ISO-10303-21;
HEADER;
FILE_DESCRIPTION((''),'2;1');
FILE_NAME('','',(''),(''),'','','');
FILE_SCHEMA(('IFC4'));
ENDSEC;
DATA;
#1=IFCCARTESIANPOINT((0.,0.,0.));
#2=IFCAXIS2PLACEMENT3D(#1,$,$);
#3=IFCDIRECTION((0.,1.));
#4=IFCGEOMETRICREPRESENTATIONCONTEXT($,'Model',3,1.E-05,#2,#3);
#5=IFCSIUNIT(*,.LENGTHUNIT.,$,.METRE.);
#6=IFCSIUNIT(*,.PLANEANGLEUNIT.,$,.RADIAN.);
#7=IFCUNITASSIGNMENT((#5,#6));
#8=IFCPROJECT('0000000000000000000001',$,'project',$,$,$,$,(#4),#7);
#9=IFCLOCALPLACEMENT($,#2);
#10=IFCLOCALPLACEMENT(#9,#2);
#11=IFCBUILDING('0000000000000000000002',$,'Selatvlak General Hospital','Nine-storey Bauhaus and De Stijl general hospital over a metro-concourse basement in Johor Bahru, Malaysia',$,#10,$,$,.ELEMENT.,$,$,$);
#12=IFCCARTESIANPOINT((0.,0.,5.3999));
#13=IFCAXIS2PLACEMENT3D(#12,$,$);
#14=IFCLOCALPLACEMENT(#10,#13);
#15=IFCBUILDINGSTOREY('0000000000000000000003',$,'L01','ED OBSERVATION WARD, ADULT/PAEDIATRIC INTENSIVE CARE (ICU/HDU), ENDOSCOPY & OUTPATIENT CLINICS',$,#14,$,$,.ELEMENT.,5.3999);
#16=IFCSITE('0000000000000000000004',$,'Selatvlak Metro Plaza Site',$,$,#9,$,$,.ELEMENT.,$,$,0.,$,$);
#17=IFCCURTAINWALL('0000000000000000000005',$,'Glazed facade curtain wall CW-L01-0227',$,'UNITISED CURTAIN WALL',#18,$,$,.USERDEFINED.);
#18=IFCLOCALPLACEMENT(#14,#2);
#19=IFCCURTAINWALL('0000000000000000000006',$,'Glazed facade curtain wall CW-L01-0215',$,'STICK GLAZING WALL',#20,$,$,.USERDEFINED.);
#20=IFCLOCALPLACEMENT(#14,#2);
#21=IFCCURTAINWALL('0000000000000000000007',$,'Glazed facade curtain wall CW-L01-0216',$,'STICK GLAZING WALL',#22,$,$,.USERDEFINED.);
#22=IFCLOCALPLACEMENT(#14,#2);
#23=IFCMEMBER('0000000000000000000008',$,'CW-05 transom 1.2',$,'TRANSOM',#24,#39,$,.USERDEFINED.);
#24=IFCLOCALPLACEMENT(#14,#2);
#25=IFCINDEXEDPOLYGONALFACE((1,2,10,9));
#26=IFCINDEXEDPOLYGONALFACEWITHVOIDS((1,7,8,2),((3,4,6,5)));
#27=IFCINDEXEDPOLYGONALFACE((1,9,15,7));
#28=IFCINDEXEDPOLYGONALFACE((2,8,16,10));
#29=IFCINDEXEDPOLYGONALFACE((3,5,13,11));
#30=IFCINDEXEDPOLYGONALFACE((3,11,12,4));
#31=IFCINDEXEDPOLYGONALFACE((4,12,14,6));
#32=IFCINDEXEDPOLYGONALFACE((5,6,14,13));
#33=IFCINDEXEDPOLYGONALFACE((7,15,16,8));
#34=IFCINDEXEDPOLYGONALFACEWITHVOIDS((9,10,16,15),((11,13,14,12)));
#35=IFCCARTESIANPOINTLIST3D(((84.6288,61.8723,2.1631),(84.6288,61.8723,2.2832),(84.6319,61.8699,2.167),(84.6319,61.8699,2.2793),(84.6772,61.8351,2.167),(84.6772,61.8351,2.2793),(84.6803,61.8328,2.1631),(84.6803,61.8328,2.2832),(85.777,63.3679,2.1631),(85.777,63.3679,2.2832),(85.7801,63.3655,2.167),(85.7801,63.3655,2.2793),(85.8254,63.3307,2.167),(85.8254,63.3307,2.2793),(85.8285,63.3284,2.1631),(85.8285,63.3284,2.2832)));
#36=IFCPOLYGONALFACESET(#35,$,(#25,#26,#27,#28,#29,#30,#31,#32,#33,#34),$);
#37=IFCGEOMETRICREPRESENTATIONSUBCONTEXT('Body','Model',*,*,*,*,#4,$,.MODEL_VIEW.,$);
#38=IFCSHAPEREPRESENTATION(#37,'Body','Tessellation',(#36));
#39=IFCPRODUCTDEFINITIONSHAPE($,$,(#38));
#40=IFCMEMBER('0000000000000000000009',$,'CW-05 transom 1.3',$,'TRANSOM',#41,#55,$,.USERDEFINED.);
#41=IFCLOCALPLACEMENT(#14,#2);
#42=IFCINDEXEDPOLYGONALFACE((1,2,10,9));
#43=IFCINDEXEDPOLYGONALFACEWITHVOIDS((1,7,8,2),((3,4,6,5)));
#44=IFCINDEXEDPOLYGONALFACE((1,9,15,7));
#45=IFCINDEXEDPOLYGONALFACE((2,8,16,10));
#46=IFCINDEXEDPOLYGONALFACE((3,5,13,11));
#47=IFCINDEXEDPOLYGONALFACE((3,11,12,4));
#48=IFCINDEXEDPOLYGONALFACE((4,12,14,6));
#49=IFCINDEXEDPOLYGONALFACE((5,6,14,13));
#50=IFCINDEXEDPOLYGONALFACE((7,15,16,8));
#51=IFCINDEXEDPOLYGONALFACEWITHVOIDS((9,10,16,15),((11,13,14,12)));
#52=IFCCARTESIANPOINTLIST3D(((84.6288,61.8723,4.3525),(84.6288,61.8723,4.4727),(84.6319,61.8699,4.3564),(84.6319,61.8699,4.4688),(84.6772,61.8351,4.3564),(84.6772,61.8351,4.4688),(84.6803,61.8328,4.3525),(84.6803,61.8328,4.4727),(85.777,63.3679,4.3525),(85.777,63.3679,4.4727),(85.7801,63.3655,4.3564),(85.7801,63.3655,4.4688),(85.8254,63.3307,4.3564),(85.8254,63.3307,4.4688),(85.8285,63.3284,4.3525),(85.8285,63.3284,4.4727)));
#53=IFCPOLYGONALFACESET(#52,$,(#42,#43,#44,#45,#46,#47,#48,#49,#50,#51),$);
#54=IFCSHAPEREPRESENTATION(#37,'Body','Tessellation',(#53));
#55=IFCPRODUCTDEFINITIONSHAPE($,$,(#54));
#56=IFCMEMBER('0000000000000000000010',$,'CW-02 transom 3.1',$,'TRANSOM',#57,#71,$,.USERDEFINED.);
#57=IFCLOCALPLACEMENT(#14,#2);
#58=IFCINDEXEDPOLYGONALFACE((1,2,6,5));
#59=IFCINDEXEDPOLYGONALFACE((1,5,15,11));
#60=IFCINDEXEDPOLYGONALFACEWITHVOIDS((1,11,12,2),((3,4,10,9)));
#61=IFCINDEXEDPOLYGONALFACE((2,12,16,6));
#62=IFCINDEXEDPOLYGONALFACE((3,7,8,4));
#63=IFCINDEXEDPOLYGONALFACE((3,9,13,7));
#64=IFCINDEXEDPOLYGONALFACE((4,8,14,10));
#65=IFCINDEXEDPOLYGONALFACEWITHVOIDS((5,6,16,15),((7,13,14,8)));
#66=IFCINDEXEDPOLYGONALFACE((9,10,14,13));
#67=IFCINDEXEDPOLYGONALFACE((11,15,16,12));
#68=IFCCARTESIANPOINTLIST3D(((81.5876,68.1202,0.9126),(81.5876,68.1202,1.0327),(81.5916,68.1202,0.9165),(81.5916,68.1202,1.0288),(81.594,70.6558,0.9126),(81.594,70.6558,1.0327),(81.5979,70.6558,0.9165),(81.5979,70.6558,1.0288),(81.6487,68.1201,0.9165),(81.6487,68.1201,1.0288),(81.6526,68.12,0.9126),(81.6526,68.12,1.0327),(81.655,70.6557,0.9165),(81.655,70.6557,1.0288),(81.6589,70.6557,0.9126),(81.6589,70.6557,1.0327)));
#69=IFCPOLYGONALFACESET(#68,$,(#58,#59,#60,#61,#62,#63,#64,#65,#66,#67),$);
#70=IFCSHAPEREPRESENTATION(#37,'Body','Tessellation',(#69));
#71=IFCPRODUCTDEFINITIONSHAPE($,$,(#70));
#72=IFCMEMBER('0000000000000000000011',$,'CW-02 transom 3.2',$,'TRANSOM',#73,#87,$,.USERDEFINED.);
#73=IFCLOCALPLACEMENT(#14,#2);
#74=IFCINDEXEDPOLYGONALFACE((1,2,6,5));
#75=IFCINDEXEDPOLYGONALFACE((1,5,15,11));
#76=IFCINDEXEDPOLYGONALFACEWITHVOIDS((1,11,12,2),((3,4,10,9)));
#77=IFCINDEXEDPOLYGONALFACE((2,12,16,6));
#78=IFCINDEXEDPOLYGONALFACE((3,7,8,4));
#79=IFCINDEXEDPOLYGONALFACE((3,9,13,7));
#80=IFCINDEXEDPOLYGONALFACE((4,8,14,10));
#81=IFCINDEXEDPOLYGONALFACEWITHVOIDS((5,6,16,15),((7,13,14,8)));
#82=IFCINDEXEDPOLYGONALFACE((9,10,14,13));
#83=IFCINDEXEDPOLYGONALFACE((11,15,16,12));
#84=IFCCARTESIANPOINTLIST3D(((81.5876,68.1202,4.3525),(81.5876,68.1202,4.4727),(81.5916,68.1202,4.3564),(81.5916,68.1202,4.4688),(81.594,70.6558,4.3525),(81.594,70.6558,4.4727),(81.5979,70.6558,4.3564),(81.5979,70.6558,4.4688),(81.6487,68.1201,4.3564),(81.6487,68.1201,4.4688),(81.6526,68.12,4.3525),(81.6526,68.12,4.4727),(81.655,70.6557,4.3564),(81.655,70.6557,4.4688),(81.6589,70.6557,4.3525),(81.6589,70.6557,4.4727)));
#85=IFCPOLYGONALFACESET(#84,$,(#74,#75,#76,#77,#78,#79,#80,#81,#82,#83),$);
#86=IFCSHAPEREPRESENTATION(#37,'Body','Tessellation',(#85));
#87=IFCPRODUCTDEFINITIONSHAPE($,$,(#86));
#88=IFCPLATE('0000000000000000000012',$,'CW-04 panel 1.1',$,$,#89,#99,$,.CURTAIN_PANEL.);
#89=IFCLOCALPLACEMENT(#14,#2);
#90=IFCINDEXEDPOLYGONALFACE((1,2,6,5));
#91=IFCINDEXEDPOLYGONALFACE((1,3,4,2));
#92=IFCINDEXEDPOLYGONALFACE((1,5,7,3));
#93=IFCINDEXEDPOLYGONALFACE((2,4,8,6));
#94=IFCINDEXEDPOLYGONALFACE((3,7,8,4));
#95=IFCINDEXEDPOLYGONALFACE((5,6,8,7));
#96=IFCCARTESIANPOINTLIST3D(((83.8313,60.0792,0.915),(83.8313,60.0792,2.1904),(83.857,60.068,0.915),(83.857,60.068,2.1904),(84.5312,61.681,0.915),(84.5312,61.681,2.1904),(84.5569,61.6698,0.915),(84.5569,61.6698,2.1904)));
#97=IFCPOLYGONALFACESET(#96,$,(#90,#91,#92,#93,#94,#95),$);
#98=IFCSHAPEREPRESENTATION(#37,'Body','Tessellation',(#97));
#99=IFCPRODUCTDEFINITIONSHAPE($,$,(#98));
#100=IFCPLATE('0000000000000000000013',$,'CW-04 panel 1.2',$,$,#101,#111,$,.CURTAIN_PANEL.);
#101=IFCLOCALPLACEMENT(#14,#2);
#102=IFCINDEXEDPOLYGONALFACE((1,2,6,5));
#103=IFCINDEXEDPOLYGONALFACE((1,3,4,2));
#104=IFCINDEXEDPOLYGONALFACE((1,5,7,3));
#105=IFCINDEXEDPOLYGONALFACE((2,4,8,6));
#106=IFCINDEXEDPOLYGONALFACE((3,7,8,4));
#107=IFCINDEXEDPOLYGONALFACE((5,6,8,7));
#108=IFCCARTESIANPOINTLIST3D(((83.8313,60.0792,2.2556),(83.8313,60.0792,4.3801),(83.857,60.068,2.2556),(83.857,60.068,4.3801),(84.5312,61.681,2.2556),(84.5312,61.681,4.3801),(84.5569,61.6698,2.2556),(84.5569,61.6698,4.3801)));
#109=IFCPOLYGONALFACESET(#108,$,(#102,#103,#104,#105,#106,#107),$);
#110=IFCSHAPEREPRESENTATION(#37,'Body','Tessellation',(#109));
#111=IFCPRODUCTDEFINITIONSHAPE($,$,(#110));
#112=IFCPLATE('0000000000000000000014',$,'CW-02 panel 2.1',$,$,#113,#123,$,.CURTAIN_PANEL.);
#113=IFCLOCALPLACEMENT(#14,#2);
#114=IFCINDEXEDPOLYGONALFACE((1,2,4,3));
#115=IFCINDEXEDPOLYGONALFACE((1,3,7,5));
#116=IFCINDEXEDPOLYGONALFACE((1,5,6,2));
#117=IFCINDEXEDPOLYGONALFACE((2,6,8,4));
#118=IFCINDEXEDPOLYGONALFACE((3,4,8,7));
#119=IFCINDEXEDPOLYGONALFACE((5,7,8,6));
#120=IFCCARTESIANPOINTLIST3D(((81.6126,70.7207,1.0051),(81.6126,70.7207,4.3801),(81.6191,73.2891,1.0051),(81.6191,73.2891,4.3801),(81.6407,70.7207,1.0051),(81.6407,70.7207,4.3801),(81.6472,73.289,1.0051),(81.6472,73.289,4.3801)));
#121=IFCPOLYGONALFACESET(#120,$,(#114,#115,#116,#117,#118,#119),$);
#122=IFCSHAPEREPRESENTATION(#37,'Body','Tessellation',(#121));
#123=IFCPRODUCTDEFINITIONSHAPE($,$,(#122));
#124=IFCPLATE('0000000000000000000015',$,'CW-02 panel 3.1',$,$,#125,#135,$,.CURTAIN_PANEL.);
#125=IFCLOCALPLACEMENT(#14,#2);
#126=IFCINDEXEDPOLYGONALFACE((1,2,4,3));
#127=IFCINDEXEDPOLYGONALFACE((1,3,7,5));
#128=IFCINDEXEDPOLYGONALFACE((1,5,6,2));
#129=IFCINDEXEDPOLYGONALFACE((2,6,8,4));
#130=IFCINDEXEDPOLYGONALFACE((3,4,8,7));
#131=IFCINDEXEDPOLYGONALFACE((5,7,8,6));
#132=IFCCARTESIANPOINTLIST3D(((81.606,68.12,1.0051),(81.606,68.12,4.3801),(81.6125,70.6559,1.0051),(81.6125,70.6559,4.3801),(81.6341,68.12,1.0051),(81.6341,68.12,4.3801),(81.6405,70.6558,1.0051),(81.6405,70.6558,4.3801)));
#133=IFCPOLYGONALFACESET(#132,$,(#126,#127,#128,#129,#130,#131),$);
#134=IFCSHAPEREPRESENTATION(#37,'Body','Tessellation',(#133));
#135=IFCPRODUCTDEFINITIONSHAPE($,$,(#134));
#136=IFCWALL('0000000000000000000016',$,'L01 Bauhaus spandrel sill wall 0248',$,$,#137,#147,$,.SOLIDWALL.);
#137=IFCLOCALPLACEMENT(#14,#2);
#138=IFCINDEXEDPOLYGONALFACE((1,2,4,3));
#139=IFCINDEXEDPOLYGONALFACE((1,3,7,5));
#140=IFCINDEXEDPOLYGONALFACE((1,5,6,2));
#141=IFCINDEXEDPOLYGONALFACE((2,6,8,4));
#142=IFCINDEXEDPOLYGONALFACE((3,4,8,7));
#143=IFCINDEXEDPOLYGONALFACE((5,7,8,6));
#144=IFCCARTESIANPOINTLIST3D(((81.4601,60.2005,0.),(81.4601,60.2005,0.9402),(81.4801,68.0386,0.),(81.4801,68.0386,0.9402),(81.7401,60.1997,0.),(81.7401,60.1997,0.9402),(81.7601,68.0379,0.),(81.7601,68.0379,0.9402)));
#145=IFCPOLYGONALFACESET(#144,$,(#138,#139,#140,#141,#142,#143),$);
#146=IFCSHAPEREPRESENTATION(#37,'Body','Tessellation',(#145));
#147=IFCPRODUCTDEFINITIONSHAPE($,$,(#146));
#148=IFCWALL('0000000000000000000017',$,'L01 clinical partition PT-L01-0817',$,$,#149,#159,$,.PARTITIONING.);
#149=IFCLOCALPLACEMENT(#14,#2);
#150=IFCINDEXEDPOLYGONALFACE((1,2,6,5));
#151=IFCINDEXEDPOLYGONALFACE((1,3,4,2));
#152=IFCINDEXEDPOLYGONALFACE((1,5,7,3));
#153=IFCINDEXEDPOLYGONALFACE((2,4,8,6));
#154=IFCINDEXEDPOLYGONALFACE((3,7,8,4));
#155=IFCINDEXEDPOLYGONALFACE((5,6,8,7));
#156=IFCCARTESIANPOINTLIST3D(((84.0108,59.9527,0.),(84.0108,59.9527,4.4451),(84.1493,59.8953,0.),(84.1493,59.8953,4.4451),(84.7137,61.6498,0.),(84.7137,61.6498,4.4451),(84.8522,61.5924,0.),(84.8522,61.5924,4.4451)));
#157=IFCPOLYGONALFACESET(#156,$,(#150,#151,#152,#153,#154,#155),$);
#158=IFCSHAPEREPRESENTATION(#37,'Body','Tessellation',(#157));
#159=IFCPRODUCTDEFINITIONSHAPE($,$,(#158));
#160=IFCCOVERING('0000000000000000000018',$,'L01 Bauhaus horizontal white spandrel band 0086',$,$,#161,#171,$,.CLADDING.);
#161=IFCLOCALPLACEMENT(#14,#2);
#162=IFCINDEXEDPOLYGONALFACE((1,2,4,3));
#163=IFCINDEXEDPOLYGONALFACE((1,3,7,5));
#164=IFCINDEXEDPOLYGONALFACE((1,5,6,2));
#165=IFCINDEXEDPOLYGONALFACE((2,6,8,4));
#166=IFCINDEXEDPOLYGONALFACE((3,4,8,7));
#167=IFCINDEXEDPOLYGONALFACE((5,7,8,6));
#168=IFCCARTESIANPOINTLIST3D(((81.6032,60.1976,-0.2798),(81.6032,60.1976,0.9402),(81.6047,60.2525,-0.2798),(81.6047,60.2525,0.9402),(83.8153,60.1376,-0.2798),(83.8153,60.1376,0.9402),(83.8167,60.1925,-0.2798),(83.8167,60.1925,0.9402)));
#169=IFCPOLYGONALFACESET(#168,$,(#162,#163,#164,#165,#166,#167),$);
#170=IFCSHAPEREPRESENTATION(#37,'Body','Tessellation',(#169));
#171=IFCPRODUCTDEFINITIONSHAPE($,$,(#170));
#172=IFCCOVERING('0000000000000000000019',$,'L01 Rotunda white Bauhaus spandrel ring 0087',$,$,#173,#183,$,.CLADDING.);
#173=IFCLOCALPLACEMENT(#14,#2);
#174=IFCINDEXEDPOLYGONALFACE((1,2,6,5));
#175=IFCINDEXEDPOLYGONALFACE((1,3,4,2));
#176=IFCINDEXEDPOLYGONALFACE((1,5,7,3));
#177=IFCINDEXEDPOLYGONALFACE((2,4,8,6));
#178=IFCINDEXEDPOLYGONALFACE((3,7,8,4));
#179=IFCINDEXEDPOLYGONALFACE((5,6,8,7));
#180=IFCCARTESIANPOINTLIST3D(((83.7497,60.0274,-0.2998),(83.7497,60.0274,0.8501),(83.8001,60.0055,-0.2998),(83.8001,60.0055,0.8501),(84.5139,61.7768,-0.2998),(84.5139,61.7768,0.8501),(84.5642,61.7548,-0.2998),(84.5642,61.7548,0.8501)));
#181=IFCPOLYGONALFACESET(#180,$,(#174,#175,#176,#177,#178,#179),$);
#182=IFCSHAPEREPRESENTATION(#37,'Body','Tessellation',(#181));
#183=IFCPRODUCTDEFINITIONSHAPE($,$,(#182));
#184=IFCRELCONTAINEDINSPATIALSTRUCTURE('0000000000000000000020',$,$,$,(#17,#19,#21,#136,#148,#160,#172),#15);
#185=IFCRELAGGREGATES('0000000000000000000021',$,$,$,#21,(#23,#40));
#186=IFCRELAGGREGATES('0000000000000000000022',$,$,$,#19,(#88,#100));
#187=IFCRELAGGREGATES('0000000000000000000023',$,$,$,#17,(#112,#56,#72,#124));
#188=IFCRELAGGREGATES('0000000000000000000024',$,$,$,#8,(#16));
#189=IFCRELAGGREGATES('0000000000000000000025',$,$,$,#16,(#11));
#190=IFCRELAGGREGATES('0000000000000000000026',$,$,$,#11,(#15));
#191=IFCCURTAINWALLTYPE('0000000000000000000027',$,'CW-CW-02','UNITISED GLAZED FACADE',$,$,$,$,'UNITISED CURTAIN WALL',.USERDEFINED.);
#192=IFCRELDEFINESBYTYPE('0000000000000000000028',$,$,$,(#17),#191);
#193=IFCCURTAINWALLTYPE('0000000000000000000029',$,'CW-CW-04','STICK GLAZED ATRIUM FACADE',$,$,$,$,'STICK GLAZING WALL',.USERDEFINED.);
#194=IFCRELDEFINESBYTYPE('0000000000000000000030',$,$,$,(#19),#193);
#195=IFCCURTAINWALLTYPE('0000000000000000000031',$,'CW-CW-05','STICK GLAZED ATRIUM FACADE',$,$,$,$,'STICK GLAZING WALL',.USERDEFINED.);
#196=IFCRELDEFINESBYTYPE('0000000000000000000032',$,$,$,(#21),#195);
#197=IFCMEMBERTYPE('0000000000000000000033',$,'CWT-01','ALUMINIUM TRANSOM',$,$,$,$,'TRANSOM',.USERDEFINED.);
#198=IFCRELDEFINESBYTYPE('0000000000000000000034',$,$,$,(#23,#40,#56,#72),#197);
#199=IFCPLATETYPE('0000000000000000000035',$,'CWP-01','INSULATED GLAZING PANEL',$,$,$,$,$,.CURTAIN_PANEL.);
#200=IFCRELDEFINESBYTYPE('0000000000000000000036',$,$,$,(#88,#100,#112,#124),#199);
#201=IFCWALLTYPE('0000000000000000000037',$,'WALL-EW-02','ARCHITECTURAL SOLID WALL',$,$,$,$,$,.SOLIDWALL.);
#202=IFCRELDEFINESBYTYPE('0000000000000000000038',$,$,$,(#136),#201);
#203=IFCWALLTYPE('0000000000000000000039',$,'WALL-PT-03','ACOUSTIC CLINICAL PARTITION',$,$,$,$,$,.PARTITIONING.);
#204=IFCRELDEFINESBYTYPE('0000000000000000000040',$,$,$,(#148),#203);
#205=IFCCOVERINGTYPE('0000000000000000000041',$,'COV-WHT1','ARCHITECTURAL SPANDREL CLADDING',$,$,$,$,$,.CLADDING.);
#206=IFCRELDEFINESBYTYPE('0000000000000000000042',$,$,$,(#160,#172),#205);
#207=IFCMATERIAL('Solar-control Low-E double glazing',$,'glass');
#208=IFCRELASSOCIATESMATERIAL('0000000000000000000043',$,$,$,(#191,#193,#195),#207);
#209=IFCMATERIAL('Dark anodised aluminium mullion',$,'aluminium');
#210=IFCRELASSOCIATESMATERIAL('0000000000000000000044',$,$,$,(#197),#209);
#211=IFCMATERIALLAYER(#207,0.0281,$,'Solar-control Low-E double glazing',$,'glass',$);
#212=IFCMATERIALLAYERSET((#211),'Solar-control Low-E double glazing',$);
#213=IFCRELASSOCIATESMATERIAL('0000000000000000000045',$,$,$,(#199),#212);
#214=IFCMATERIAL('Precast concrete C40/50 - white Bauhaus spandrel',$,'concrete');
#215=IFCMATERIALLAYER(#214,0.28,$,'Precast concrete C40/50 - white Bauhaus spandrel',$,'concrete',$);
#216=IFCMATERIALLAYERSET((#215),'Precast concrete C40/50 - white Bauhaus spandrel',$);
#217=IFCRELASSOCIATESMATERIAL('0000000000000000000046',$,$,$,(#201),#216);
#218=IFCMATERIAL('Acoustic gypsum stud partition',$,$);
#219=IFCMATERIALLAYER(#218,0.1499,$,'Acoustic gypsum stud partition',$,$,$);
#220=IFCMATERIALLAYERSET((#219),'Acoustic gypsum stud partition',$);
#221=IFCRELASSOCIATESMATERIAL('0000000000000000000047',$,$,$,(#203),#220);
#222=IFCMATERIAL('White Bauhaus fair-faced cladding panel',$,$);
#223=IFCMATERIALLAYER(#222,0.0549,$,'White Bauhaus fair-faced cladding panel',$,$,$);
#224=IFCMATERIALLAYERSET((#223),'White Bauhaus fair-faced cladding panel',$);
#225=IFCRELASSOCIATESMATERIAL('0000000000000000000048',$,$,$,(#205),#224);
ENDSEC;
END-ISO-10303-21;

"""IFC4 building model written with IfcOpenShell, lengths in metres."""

from ifc_helpers import new_model, si_unit, direction, frame, frame_2d, origin, origin_2d, place, context, subcontext, project, spatial, rectangle, hollow_rectangle, extrude, material, layer, layer_set, material_profile, profile_set, type_object, element, aggregate, save


model = new_model("IFC4")

# Units and contexts
model_context = context("Model", 3, precision=1e-05, world=origin(), true_north=direction((0.0, 1.0)))
body_context = subcontext(model_context, "Body", "Model", "MODEL_VIEW")
ifc_project = project(units=[si_unit("LENGTHUNIT", "METRE"), si_unit("PLANEANGLEUNIT", "RADIAN")], contexts=[model_context])

# Site, building, storey
site_placement = place(None, origin())
site = spatial("IfcSite", under=ifc_project, at=site_placement, Name="Selatvlak Metro Plaza Site", CompositionType="ELEMENT", RefElevation=0.0)
building_placement = place(site_placement, origin())
building = spatial("IfcBuilding", under=site, at=building_placement, Name="Selatvlak General Hospital", Description="Nine-storey Bauhaus and De Stijl general hospital over a metro-concourse basement in Johor Bahru, Malaysia", CompositionType="ELEMENT")
storey_placement = place(building_placement, frame((0.0, 0.0, 5.3999)))
storey = spatial("IfcBuildingStorey", under=building, at=storey_placement, Name="L01", Description="ED OBSERVATION WARD, ADULT/PAEDIATRIC INTENSIVE CARE (ICU/HDU), ENDOSCOPY & OUTPATIENT CLINICS", CompositionType="ELEMENT", Elevation=5.3999)

# Curtain wall
ifc_material_1 = material(Name="Solar-control Low-E double glazing", Category="glass")
curtain_wall_type_1 = type_object("IfcCurtainWallType", Name="CW-CW-02", Description="UNITISED GLAZED FACADE", ElementType="UNITISED CURTAIN WALL", PredefinedType="USERDEFINED", material=ifc_material_1)
curtain_wall_1_placement = place(storey_placement, origin())
curtain_wall_1 = element("IfcCurtainWall", 1, at=curtain_wall_1_placement, inside=storey, type_object=curtain_wall_type_1, Name="Glazed facade curtain wall CW-L01-0227", ObjectType="UNITISED CURTAIN WALL", PredefinedType="USERDEFINED")
ifc_material_2 = material(Name="Dark anodised aluminium mullion", Category="aluminium")

# Curtain wall
curtain_wall_type_2 = type_object("IfcCurtainWallType", Name="CW-CW-04", Description="STICK GLAZED ATRIUM FACADE", ElementType="STICK GLAZING WALL", PredefinedType="USERDEFINED", material=ifc_material_1)
curtain_wall_2_placement = place(storey_placement, origin())
curtain_wall_2 = element("IfcCurtainWall", 2, at=curtain_wall_2_placement, inside=storey, type_object=curtain_wall_type_2, Name="Glazed facade curtain wall CW-L01-0215", ObjectType="STICK GLAZING WALL", PredefinedType="USERDEFINED")

# Curtain wall
curtain_wall_type_3 = type_object("IfcCurtainWallType", Name="CW-CW-05", Description="STICK GLAZED ATRIUM FACADE", ElementType="STICK GLAZING WALL", PredefinedType="USERDEFINED", material=ifc_material_1)
curtain_wall_3_placement = place(storey_placement, origin())
curtain_wall_3 = element("IfcCurtainWall", 3, at=curtain_wall_3_placement, inside=storey, type_object=curtain_wall_type_3, Name="Glazed facade curtain wall CW-L01-0216", ObjectType="STICK GLAZING WALL", PredefinedType="USERDEFINED")

# Members
ifc_material_profile_1 = material_profile(ifc_material_2, hollow_rectangle(XDim=0.0649, YDim=0.1201, WallThickness=0.0039, at=origin_2d()), Name="AL-TRN 65x120x4")
ifc_profile_set_1 = profile_set([ifc_material_profile_1], Name="Dark anodised aluminium mullion")
member_type_1 = type_object("IfcMemberType", Name="CWT-01", Description="ALUMINIUM TRANSOM", ElementType="TRANSOM", PredefinedType="USERDEFINED", material=ifc_profile_set_1)
member_1_placement = place(storey_placement, frame((84.6545, 61.8525, 2.2231), z_axis=(0.608953, 0.793206, 0.0), x_axis=(-0.793206, 0.608953, 0.0)))
member_1 = element("IfcMember", 4, at=member_1_placement, type_object=member_type_1, Name="CW-05 transom 1.2", ObjectType="TRANSOM", PredefinedType="USERDEFINED", context=body_context, shape_type="SweptSolid", body=[
    extrude(hollow_rectangle(XDim=0.0649, YDim=0.1201, WallThickness=0.0039, at=origin_2d()), origin(), (0.0, 0.0, 1.0), 1.8855),
])
member_2_placement = place(storey_placement, frame((84.6545, 61.8525, 4.4126), z_axis=(0.608953, 0.793206, 0.0), x_axis=(-0.793206, 0.608953, 0.0)))
member_2 = element("IfcMember", 5, at=member_2_placement, type_object=member_type_1, Name="CW-05 transom 1.3", ObjectType="TRANSOM", PredefinedType="USERDEFINED", context=body_context, shape_type="SweptSolid", body=[
    extrude(hollow_rectangle(XDim=0.0649, YDim=0.1201, WallThickness=0.0039, at=origin_2d()), origin(), (0.0, 0.0, 1.0), 1.8855),
])
aggregate(curtain_wall_3, [member_1, member_2])
member_3_placement = place(storey_placement, frame((81.6265, 70.6558, 0.9727), z_axis=(-0.002503, -0.999997, 0.0), x_axis=(0.999997, -0.002503, 0.0)))
member_3 = element("IfcMember", 6, at=member_3_placement, type_object=member_type_1, Name="CW-02 transom 3.1", ObjectType="TRANSOM", PredefinedType="USERDEFINED", context=body_context, shape_type="SweptSolid", body=[
    extrude(hollow_rectangle(XDim=0.0649, YDim=0.1201, WallThickness=0.0039, at=origin_2d()), origin(), (0.0, 0.0, 1.0), 2.5356),
])
member_4_placement = place(storey_placement, frame((81.6265, 70.6558, 4.4126), z_axis=(-0.002503, -0.999997, 0.0), x_axis=(0.999997, -0.002503, 0.0)))
member_4 = element("IfcMember", 7, at=member_4_placement, type_object=member_type_1, Name="CW-02 transom 3.2", ObjectType="TRANSOM", PredefinedType="USERDEFINED", context=body_context, shape_type="SweptSolid", body=[
    extrude(hollow_rectangle(XDim=0.0649, YDim=0.1201, WallThickness=0.0039, at=origin_2d()), origin(), (0.0, 0.0, 1.0), 2.5356),
])

# Plates
ifc_layer_1 = layer(ifc_material_1, 0.0281, Name="Solar-control Low-E double glazing", Category="glass")
ifc_layer_set_1 = layer_set([ifc_layer_1], Name="Solar-control Low-E double glazing")
plate_type = type_object("IfcPlateType", Name="CWP-01", Description="INSULATED GLAZING PANEL", PredefinedType="CURTAIN_PANEL", material=ifc_layer_set_1)
plate_1_placement = place(storey_placement, frame((84.1941, 60.8745, 0.915), z_axis=(0.0, 0.0, 1.0), x_axis=(0.4004, 0.916341, 0.0)))
plate_1 = element("IfcPlate", 8, at=plate_1_placement, type_object=plate_type, Name="CW-04 panel 1.1", PredefinedType="CURTAIN_PANEL", context=body_context, shape_type="SweptSolid", body=[
    extrude(rectangle(XDim=1.748, YDim=0.0281, at=origin_2d()), origin(), (0.0, 0.0, 1.0), 1.2754),
])
plate_2_placement = place(storey_placement, frame((84.1941, 60.8745, 2.2556), z_axis=(0.0, 0.0, 1.0), x_axis=(0.4004, 0.916341, 0.0)))
plate_2 = element("IfcPlate", 9, at=plate_2_placement, type_object=plate_type, Name="CW-04 panel 1.2", PredefinedType="CURTAIN_PANEL", context=body_context, shape_type="SweptSolid", body=[
    extrude(rectangle(XDim=1.748, YDim=0.0281, at=origin_2d()), origin(), (0.0, 0.0, 1.0), 2.1245),
])
aggregate(curtain_wall_2, [plate_1, plate_2])
plate_3_placement = place(storey_placement, frame((81.6299, 72.0049, 1.0051), z_axis=(0.0, 0.0, 1.0), x_axis=(-0.002532, -0.999997, 0.0)))
plate_3 = element("IfcPlate", 10, at=plate_3_placement, type_object=plate_type, Name="CW-02 panel 2.1", PredefinedType="CURTAIN_PANEL", context=body_context, shape_type="SweptSolid", body=[
    extrude(rectangle(XDim=2.5684, YDim=0.0281, at=origin_2d()), origin(), (0.0, 0.0, 1.0), 3.375),
])
plate_4_placement = place(storey_placement, frame((81.6233, 69.3879, 1.0051), z_axis=(0.0, 0.0, 1.0), x_axis=(-0.002532, -0.999997, 0.0)))
plate_4 = element("IfcPlate", 11, at=plate_4_placement, type_object=plate_type, Name="CW-02 panel 3.1", PredefinedType="CURTAIN_PANEL", context=body_context, shape_type="SweptSolid", body=[
    extrude(rectangle(XDim=2.5359, YDim=0.0281, at=origin_2d()), origin(), (0.0, 0.0, 1.0), 3.375),
])
aggregate(curtain_wall_1, [plate_3, member_3, member_4, plate_4])

# Walls
ifc_material_3 = material(Name="Precast concrete C40/50 - white Bauhaus spandrel", Category="concrete")
ifc_layer_2 = layer(ifc_material_3, 0.28, Name="Precast concrete C40/50 - white Bauhaus spandrel", Category="concrete")
ifc_layer_set_2 = layer_set([ifc_layer_2], Name="Precast concrete C40/50 - white Bauhaus spandrel")
wall_type_1 = type_object("IfcWallType", Name="WALL-EW-02", Description="ARCHITECTURAL SOLID WALL", PredefinedType="SOLIDWALL", material=ifc_layer_set_2)
wall_1_placement = place(storey_placement, frame((81.6201, 68.0381, 0.0), z_axis=(0.0, 0.0, 1.0), x_axis=(-0.002554, -0.999997, 0.0)))
element("IfcWall", 12, at=wall_1_placement, inside=storey, type_object=wall_type_1, Name="L01 Bauhaus spandrel sill wall 0248", PredefinedType="SOLIDWALL", context=body_context, shape_type="SweptSolid", body=[
    extrude(rectangle(XDim=7.8381, YDim=0.28, at=frame_2d((3.9189, 0.0))), origin(), (0.0, 0.0, 1.0), 0.9402),
])
ifc_material_4 = material(Name="Acoustic gypsum stud partition")
ifc_layer_3 = layer(ifc_material_4, 0.1499, Name="Acoustic gypsum stud partition")
ifc_layer_set_3 = layer_set([ifc_layer_3], Name="Acoustic gypsum stud partition")
wall_type_2 = type_object("IfcWallType", Name="WALL-PT-03", Description="ACOUSTIC CLINICAL PARTITION", PredefinedType="PARTITIONING", material=ifc_layer_set_3)
wall_2_placement = place(storey_placement, frame((84.783, 61.6211, 0.0), z_axis=(0.0, 0.0, 1.0), x_axis=(-0.382661, -0.923889, 0.0)))
element("IfcWall", 13, at=wall_2_placement, inside=storey, type_object=wall_type_2, Name="L01 clinical partition PT-L01-0817", PredefinedType="PARTITIONING", context=body_context, shape_type="SweptSolid", body=[
    extrude(rectangle(XDim=1.8369, YDim=0.1499, at=frame_2d((0.9185, 0.0))), origin(), (0.0, 0.0, 1.0), 4.4451),
])

# Coverings
ifc_material_5 = material(Name="White Bauhaus fair-faced cladding panel")
ifc_layer_4 = layer(ifc_material_5, 0.0549, Name="White Bauhaus fair-faced cladding panel")
ifc_layer_set_4 = layer_set([ifc_layer_4], Name="White Bauhaus fair-faced cladding panel")
covering_type = type_object("IfcCoveringType", Name="COV-WHT1", Description="ARCHITECTURAL SPANDREL CLADDING", PredefinedType="CLADDING", material=ifc_layer_set_4)
covering_1_placement = place(storey_placement, frame((82.71, 60.1951, -0.2798), z_axis=(0.0, 0.0, 1.0), x_axis=(0.999632, -0.027119, 0.0)))
element("IfcCovering", 14, at=covering_1_placement, inside=storey, type_object=covering_type, Name="L01 Bauhaus horizontal white spandrel band 0086", PredefinedType="CLADDING", context=body_context, shape_type="SweptSolid", body=[
    extrude(rectangle(XDim=2.2129, YDim=0.0549, at=origin_2d()), origin(), (0.0, 0.0, 1.0), 1.22),
])
covering_2_placement = place(storey_placement, frame((84.157, 60.8911, -0.2998), z_axis=(0.0, 0.0, 1.0), x_axis=(0.400301, 0.916384, 0.0)))
element("IfcCovering", 15, at=covering_2_placement, inside=storey, type_object=covering_type, Name="L01 Rotunda white Bauhaus spandrel ring 0087", PredefinedType="CLADDING", context=body_context, shape_type="SweptSolid", body=[
    extrude(rectangle(XDim=1.9089, YDim=0.0549, at=origin_2d()), origin(), (0.0, 0.0, 1.0), 1.1499),
])

save(model, "model.ifc")
